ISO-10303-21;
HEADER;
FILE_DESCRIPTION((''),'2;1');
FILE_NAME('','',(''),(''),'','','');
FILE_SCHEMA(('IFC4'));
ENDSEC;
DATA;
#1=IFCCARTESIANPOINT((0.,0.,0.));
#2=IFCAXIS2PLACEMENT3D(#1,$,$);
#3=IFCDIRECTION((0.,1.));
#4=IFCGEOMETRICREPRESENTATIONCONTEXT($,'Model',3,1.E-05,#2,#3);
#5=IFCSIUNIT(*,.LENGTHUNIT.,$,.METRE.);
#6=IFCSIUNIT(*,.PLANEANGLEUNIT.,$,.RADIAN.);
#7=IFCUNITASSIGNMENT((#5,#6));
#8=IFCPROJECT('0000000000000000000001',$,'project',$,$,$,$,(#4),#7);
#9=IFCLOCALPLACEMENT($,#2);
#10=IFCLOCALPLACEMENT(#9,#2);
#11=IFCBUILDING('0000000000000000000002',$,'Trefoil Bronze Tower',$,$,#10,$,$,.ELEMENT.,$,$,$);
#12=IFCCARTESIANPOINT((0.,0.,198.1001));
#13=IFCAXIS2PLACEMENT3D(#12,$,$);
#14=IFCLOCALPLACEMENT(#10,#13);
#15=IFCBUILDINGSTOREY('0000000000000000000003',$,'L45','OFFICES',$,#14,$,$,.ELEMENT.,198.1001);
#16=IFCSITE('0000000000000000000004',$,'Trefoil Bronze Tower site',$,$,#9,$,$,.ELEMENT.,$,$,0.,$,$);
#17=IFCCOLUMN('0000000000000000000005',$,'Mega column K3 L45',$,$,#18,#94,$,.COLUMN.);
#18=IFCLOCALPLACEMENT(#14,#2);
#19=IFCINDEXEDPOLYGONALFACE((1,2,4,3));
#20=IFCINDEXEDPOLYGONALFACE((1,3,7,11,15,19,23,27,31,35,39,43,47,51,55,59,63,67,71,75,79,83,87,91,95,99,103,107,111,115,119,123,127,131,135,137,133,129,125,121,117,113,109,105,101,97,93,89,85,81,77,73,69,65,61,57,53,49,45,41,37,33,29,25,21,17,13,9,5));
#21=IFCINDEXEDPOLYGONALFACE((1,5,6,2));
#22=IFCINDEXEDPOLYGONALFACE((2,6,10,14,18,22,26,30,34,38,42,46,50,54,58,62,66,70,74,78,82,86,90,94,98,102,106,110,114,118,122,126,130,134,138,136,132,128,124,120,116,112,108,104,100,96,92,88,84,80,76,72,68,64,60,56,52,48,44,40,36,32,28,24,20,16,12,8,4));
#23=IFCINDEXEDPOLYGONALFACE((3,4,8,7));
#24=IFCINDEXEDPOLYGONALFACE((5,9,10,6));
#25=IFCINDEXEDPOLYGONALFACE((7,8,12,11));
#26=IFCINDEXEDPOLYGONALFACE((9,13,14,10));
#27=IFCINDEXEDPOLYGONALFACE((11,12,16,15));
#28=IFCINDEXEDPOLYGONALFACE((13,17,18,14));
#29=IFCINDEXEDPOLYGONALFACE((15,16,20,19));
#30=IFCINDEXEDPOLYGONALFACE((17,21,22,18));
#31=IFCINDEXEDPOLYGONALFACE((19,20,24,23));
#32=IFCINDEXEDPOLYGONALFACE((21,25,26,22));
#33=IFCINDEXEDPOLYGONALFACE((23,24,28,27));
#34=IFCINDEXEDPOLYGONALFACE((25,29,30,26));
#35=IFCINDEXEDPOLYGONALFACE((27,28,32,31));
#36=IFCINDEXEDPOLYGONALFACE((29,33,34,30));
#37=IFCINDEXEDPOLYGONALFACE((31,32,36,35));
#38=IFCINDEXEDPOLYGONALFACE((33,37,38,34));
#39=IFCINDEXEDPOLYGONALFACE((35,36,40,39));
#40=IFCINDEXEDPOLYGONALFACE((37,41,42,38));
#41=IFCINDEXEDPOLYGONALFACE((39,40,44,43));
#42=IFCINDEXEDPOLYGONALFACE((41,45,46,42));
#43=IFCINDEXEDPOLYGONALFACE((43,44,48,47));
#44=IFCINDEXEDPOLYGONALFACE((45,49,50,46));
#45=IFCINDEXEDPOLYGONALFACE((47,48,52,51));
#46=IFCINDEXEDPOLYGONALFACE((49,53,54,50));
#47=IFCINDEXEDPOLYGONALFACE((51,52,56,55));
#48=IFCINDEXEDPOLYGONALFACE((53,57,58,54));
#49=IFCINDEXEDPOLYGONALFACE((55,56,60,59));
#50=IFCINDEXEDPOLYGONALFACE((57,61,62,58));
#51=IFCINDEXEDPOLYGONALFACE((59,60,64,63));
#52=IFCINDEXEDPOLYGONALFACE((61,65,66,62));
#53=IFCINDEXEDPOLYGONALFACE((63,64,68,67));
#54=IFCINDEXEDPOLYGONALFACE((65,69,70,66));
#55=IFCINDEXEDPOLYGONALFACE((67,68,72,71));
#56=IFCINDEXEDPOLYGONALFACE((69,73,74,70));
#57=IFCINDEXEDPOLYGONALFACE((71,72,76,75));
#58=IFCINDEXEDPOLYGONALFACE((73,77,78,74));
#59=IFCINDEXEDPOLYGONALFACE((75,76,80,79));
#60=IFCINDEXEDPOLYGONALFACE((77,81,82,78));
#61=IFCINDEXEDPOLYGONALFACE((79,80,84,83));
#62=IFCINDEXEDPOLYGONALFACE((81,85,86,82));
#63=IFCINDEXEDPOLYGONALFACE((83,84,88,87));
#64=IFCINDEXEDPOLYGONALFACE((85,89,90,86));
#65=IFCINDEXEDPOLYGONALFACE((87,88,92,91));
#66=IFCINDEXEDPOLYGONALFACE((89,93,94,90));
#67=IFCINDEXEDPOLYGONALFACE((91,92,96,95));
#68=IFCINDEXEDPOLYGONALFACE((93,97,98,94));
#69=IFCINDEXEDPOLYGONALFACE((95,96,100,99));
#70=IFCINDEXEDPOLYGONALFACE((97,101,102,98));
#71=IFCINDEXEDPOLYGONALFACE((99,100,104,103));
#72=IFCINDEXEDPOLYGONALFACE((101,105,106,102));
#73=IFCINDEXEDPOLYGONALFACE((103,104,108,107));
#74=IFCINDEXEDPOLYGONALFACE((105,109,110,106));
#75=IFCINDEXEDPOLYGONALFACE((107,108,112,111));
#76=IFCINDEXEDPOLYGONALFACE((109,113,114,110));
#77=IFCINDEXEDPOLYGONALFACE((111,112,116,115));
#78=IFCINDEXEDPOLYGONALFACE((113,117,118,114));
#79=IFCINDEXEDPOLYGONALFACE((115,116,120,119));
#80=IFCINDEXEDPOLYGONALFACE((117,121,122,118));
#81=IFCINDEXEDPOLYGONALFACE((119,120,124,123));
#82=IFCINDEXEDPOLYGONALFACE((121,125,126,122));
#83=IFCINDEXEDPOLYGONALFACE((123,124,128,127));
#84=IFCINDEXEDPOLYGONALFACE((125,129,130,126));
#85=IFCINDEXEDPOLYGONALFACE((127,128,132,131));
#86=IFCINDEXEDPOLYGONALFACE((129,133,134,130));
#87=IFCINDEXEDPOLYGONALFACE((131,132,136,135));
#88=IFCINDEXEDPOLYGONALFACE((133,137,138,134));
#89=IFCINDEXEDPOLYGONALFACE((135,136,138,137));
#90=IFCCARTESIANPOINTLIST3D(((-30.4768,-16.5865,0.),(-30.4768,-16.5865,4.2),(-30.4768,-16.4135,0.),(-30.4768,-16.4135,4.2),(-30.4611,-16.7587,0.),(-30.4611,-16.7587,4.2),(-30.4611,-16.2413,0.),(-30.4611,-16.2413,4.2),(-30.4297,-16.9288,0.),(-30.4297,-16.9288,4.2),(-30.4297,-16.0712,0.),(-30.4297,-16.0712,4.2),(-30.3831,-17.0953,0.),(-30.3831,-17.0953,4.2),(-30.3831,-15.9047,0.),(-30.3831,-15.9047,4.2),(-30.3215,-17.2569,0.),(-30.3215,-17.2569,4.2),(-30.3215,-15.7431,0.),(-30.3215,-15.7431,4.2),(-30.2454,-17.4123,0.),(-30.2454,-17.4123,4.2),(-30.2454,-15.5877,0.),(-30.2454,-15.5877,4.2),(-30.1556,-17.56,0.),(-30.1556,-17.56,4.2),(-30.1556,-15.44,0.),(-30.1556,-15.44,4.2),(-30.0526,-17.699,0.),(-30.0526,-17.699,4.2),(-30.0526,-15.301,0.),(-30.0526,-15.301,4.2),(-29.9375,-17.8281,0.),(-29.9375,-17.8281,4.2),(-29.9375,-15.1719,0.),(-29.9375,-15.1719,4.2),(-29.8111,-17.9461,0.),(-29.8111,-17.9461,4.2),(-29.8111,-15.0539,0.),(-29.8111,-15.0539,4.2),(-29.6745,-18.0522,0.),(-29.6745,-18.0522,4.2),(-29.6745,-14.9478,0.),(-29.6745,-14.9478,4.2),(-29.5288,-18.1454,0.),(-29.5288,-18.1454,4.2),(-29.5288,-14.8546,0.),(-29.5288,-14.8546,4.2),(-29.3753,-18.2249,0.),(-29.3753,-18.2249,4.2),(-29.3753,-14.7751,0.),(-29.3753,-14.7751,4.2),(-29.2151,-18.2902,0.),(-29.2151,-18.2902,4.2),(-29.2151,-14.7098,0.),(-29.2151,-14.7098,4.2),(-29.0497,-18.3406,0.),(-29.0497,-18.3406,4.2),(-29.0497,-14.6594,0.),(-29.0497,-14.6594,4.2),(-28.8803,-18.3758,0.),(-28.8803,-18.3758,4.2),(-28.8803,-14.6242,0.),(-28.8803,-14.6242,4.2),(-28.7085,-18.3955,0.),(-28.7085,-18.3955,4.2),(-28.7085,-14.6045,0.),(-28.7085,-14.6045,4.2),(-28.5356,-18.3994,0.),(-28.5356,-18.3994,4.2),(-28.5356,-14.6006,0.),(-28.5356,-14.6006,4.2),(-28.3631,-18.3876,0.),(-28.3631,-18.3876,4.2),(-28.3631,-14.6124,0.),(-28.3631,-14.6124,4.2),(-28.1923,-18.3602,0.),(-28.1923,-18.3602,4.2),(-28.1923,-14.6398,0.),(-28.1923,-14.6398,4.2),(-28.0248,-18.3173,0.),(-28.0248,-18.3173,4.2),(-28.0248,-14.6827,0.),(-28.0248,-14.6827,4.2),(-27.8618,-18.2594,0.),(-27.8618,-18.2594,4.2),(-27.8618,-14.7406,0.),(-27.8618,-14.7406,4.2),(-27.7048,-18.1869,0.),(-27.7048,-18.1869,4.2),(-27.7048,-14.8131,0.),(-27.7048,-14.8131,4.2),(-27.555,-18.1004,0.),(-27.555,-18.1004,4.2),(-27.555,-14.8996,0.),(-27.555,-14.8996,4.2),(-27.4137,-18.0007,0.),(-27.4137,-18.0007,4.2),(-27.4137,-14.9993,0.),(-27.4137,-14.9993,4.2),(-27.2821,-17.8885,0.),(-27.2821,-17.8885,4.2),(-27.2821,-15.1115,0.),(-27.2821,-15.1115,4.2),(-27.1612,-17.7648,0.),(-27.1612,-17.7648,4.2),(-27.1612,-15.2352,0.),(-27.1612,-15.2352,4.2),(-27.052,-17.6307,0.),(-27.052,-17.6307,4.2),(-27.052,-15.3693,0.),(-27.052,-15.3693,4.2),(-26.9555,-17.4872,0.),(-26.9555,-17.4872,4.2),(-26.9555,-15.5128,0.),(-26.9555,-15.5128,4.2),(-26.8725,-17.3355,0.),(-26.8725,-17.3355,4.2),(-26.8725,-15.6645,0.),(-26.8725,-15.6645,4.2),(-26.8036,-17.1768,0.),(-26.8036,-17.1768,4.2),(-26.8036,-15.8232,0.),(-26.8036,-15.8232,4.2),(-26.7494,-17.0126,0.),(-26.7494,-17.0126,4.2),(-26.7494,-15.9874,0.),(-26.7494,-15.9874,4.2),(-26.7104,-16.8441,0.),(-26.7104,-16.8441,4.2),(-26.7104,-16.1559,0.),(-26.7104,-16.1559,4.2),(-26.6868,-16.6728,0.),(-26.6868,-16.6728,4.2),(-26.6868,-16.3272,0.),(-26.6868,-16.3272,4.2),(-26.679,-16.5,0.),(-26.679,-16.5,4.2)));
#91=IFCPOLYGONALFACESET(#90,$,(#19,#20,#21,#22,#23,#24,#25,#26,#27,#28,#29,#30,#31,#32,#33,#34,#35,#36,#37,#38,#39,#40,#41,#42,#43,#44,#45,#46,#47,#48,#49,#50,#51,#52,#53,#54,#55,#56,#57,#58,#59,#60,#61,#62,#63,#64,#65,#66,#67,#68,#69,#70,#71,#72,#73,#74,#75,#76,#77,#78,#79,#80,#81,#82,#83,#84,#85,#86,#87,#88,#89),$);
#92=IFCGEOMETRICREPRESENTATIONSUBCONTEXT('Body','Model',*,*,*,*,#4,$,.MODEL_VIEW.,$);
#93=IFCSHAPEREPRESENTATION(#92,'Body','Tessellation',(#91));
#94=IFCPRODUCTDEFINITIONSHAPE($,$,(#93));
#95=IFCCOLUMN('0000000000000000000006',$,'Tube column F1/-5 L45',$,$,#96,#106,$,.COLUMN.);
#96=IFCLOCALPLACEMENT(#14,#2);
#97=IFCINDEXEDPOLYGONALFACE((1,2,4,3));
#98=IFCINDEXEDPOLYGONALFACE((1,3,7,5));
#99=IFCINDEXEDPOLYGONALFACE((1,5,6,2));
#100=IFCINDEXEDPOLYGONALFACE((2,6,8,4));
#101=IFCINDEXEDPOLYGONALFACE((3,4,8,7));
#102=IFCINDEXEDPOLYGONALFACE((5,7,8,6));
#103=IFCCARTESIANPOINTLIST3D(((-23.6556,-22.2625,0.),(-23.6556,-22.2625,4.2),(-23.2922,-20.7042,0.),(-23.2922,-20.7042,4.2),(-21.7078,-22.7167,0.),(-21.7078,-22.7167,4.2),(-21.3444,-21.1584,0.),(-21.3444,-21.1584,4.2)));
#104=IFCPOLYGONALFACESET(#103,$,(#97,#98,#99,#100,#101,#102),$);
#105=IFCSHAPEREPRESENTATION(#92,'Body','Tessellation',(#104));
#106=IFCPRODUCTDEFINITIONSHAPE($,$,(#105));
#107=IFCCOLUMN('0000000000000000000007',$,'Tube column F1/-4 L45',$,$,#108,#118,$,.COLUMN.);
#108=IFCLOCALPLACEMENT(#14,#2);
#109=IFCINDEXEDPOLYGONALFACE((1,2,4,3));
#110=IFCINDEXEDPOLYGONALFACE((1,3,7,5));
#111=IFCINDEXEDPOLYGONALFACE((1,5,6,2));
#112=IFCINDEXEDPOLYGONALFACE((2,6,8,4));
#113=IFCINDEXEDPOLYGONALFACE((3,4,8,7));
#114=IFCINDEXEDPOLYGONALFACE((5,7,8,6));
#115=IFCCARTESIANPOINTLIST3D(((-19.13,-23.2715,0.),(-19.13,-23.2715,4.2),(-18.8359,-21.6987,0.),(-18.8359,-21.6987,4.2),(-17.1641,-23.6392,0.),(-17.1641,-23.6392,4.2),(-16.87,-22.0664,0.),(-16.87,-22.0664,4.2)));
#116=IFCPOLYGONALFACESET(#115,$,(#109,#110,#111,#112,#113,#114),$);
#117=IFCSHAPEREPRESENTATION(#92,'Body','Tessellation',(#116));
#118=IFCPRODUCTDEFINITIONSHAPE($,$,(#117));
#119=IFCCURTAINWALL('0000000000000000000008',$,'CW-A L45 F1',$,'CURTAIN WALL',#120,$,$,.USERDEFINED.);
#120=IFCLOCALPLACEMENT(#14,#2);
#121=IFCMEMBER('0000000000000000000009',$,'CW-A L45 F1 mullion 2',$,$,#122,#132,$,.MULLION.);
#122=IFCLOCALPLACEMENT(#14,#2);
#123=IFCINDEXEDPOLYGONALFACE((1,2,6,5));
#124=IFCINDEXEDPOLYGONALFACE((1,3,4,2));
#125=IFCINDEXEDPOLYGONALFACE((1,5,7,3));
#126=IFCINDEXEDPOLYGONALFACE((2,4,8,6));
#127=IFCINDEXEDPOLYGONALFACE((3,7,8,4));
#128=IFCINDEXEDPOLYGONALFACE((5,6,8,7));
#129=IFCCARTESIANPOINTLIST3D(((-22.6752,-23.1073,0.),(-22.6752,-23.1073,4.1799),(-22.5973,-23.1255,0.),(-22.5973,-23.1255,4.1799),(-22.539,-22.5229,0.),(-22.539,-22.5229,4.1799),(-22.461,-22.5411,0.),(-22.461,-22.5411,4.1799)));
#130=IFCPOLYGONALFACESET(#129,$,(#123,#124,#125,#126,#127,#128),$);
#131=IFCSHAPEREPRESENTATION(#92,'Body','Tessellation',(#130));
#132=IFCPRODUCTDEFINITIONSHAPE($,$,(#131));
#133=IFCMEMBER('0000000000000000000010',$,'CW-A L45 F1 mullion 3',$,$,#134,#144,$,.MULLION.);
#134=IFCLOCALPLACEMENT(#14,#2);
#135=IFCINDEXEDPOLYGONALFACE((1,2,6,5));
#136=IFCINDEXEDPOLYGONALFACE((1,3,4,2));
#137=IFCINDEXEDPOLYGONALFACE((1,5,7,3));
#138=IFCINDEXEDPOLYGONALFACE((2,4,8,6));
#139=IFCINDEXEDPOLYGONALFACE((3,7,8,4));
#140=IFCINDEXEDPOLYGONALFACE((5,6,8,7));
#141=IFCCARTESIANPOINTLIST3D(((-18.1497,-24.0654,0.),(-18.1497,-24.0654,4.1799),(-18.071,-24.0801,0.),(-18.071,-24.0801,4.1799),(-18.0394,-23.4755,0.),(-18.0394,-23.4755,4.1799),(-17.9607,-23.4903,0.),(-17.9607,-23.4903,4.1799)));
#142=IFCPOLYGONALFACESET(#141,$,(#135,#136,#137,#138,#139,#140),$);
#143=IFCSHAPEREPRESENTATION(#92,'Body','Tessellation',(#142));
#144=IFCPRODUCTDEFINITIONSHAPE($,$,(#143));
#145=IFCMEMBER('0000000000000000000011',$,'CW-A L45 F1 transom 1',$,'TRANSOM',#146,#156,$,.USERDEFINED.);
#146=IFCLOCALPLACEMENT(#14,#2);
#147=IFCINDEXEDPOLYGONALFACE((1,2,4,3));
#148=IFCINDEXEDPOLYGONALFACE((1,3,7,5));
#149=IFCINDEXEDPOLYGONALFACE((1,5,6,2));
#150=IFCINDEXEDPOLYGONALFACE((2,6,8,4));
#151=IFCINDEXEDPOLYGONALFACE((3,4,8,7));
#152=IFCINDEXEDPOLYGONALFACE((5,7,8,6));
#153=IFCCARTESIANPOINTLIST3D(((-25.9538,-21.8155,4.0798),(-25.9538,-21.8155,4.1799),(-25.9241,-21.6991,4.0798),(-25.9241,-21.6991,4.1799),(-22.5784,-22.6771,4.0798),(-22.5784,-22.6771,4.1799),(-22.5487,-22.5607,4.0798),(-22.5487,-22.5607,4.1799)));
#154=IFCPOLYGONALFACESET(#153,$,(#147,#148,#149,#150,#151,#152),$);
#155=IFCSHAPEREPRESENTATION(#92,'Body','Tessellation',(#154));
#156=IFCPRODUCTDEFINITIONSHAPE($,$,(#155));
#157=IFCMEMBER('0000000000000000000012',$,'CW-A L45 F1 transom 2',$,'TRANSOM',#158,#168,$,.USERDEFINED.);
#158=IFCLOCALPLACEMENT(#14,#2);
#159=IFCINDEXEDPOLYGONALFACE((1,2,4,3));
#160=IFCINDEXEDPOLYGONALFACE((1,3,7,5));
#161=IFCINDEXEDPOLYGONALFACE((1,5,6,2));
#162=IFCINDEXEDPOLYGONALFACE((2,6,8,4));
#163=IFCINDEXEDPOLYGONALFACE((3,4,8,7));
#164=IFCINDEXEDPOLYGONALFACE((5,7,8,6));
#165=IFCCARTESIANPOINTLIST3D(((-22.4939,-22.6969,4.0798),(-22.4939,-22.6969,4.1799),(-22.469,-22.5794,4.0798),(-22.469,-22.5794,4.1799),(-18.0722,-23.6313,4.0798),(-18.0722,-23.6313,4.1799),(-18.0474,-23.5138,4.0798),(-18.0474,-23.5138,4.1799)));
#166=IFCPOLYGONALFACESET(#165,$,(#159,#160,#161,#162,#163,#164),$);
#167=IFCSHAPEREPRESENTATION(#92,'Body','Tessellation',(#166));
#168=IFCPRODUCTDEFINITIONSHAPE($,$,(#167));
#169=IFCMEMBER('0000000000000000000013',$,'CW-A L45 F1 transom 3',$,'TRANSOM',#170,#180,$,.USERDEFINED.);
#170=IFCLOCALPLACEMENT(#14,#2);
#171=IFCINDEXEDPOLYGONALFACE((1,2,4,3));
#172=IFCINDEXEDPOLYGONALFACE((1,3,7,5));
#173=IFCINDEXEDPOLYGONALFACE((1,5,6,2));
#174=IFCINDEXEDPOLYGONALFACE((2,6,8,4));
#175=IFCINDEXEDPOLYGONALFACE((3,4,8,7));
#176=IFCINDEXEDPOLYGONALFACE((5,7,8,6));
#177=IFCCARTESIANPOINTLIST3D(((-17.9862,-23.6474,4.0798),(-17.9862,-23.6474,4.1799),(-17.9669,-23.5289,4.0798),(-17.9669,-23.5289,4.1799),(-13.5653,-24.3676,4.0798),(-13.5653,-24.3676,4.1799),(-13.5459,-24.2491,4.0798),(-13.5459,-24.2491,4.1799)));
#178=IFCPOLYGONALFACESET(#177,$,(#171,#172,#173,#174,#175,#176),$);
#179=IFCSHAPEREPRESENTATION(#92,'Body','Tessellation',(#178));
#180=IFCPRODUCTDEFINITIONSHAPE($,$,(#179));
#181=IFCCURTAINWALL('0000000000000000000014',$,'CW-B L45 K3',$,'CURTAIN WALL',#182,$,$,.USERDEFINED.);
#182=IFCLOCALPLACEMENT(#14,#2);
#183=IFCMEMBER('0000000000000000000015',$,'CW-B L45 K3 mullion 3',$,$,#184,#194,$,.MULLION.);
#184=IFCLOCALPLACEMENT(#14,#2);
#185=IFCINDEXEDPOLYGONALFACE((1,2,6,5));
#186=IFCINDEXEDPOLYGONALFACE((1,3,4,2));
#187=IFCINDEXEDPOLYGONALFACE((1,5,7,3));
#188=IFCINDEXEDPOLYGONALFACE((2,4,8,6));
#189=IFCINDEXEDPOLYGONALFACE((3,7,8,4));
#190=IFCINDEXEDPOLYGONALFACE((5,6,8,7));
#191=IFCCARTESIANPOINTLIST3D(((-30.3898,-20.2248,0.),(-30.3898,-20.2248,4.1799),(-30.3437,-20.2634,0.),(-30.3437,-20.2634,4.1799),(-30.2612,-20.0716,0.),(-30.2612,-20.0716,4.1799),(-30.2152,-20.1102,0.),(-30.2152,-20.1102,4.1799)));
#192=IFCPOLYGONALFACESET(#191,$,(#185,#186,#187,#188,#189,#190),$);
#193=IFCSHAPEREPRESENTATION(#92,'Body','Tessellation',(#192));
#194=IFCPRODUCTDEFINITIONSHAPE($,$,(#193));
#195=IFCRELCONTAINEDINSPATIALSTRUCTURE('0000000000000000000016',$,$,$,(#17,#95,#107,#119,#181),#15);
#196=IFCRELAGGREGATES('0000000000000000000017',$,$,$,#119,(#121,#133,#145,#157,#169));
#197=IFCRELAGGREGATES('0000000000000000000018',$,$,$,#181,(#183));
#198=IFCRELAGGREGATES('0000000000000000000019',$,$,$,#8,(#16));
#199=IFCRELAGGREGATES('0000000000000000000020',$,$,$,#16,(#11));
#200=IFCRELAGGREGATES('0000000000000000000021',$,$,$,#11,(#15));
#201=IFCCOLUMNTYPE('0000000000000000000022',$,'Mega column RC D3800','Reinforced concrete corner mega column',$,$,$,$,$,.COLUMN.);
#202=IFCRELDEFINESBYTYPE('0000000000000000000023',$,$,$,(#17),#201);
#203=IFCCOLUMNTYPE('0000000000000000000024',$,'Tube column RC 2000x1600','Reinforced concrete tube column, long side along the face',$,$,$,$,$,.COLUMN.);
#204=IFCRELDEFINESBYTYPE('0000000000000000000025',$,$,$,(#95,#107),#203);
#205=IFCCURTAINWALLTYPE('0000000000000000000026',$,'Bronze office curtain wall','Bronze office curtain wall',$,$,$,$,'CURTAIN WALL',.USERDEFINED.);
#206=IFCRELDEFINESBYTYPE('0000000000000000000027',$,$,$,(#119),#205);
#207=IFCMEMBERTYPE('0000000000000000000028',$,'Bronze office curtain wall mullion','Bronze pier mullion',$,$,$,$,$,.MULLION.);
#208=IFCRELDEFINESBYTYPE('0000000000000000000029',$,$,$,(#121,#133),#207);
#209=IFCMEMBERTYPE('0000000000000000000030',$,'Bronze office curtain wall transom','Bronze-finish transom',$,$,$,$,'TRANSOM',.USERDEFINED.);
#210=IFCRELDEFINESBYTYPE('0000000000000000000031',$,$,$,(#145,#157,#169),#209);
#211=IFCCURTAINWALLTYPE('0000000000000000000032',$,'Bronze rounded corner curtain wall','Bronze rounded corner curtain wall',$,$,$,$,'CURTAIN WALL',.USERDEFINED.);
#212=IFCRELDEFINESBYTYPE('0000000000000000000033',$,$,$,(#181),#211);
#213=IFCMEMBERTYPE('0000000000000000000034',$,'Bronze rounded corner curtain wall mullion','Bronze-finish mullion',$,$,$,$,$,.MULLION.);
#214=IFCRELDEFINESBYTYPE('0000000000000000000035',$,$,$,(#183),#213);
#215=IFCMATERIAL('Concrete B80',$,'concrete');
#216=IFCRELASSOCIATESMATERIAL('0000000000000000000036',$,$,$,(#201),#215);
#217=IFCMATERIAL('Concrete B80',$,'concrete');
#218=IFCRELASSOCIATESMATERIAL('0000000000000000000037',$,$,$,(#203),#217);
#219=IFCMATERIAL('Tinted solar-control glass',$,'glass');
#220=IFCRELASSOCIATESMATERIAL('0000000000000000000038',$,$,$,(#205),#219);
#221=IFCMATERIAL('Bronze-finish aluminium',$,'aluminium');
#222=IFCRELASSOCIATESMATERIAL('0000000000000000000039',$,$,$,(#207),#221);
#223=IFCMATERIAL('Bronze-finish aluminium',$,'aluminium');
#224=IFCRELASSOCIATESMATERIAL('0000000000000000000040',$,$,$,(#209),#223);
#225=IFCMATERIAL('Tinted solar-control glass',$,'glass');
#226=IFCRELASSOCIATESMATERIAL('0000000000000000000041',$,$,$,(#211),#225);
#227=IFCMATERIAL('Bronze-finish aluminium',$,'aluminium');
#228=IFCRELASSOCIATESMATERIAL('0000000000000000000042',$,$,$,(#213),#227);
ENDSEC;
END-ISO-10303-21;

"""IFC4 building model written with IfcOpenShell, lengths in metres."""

from ifc_helpers import new_model, si_unit, direction, frame, origin, origin_2d, place, context, subcontext, project, spatial, rectangle, circle, extrude, material, material_profile, profile_set, type_object, element, aggregate, save


model = new_model("IFC4")

# Units and contexts
model_context = context("Model", 3, precision=1e-05, world=origin(), true_north=direction((0.0, 1.0)))
body_context = subcontext(model_context, "Body", "Model", "MODEL_VIEW")
ifc_project = project(units=[si_unit("LENGTHUNIT", "METRE"), si_unit("PLANEANGLEUNIT", "RADIAN")], contexts=[model_context])

# Site, building, storey
site_placement = place(None, origin())
site = spatial("IfcSite", under=ifc_project, at=site_placement, Name="Trefoil Bronze Tower site", CompositionType="ELEMENT", RefElevation=0.0)
building_placement = place(site_placement, origin())
building = spatial("IfcBuilding", under=site, at=building_placement, Name="Trefoil Bronze Tower", CompositionType="ELEMENT")
storey_placement = place(building_placement, frame((0.0, 0.0, 198.1001)))
storey = spatial("IfcBuildingStorey", under=building, at=storey_placement, Name="L45", Description="OFFICES", CompositionType="ELEMENT", Elevation=198.1001)

# Columns
ifc_material_1 = material(Name="Concrete B80", Category="concrete")
ifc_material_profile_1 = material_profile(ifc_material_1, circle(Radius=1.8999, at=origin_2d()), Name="RC D3800")
ifc_profile_set_1 = profile_set([ifc_material_profile_1], Name="Concrete B80")
column_type_1 = type_object("IfcColumnType", Name="Mega column RC D3800", Description="Reinforced concrete corner mega column", PredefinedType="COLUMN", material=ifc_profile_set_1)
column_placement = place(storey_placement, frame((-28.5789, -16.5, 0.0), z_axis=(0.0, 0.0, 1.0), x_axis=(1.0, 0.0, 0.0)))
element("IfcColumn", 1, at=column_placement, inside=storey, type_object=column_type_1, Name="Mega column K3 L45", PredefinedType="COLUMN", context=body_context, shape_type="SweptSolid", body=[
    extrude(circle(Radius=1.8999, at=origin_2d()), origin(), (0.0, 0.0, 1.0), 4.2),
])
ifc_material_2 = material(Name="Concrete B80", Category="concrete")
ifc_material_profile_2 = material_profile(ifc_material_2, rectangle(XDim=2.0, YDim=1.6001, at=origin_2d()), Name="RC 2000x1600")
ifc_profile_set_2 = profile_set([ifc_material_profile_2], Name="Concrete B80")
column_type_2 = type_object("IfcColumnType", Name="Tube column RC 2000x1600", Description="Reinforced concrete tube column, long side along the face", PredefinedType="COLUMN", material=ifc_profile_set_2)
for number, where, z_axis, x_axis, name in (
    (2, (-22.5, -21.7104, 0.0), (0.0, 0.0, 1.0), (0.973875, -0.227083, 0.0), "Tube column F1/-5 L45"),
    (3, (-18.0, -22.6689, 0.0), (0.0, 0.0, 1.0), (0.982959, -0.183825, 0.0), "Tube column F1/-4 L45"),
):
    element("IfcColumn", number, at=place(storey_placement, frame(where, z_axis=z_axis, x_axis=x_axis)), inside=storey, type_object=column_type_2, Name=name, PredefinedType="COLUMN", context=body_context, shape_type="SweptSolid", body=[
        extrude(rectangle(XDim=2.0, YDim=1.6001, at=origin_2d()), origin(), (0.0, 0.0, 1.0), 4.2),
    ])

# Curtain walls, members
ifc_material_3 = material(Name="Tinted solar-control glass", Category="glass")
curtain_wall_type_1 = type_object("IfcCurtainWallType", Name="Bronze office curtain wall", Description="Bronze office curtain wall", ElementType="CURTAIN WALL", PredefinedType="USERDEFINED", material=ifc_material_3)
curtain_wall_1_placement = place(storey_placement, origin())
curtain_wall_1 = element("IfcCurtainWall", 4, at=curtain_wall_1_placement, inside=storey, type_object=curtain_wall_type_1, Name="CW-A L45 F1", ObjectType="CURTAIN WALL", PredefinedType="USERDEFINED")
ifc_material_4 = material(Name="Bronze-finish aluminium", Category="aluminium")
ifc_material_profile_3 = material_profile(ifc_material_4, rectangle(XDim=0.6001, YDim=0.0801, at=origin_2d()), Name="CW-A mullion")
ifc_profile_set_3 = profile_set([ifc_material_profile_3], Name="Bronze-finish aluminium")
member_type_1 = type_object("IfcMemberType", Name="Bronze office curtain wall mullion", Description="Bronze pier mullion", PredefinedType="MULLION", material=ifc_profile_set_3)
member_1_placement = place(storey_placement, frame((-22.5681, -22.8242, 0.0), z_axis=(0.0, 0.0, 1.0), x_axis=(0.227083, 0.973875, 0.0)))
member_1 = element("IfcMember", 5, at=member_1_placement, type_object=member_type_1, Name="CW-A L45 F1 mullion 2", PredefinedType="MULLION", context=body_context, shape_type="SweptSolid", body=[
    extrude(rectangle(XDim=0.6001, YDim=0.0801, at=origin_2d()), origin(), (0.0, 0.0, 1.0), 4.1799),
])
member_2_placement = place(storey_placement, frame((-18.0552, -23.7778, 0.0), z_axis=(0.0, 0.0, 1.0), x_axis=(0.183825, 0.982959, 0.0)))
member_2 = element("IfcMember", 6, at=member_2_placement, type_object=member_type_1, Name="CW-A L45 F1 mullion 3", PredefinedType="MULLION", context=body_context, shape_type="SweptSolid", body=[
    extrude(rectangle(XDim=0.6001, YDim=0.0801, at=origin_2d()), origin(), (0.0, 0.0, 1.0), 4.1799),
])
ifc_material_5 = material(Name="Bronze-finish aluminium", Category="aluminium")
ifc_material_profile_4 = material_profile(ifc_material_5, rectangle(XDim=0.1201, YDim=0.1001, at=origin_2d()), Name="CW-A transom")
ifc_profile_set_4 = profile_set([ifc_material_profile_4], Name="Bronze-finish aluminium")
member_type_2 = type_object("IfcMemberType", Name="Bronze office curtain wall transom", Description="Bronze-finish transom", ElementType="TRANSOM", PredefinedType="USERDEFINED", material=ifc_profile_set_4)
member_3_placement = place(storey_placement, frame((-25.939, -21.7573, 4.1299), z_axis=(0.968935, -0.247315, 0.0), x_axis=(0.247315, 0.968935, 0.0)))
member_3 = element("IfcMember", 7, at=member_3_placement, type_object=member_type_2, Name="CW-A L45 F1 transom 1", ObjectType="TRANSOM", PredefinedType="USERDEFINED", context=body_context, shape_type="SweptSolid", body=[
    extrude(rectangle(XDim=0.1201, YDim=0.1001, at=origin_2d()), origin(), (0.0, 0.0, 1.0), 3.4836),
])
member_4_placement = place(storey_placement, frame((-22.4814, -22.6382, 4.1299), z_axis=(0.978395, -0.206743, 0.0), x_axis=(0.206743, 0.978395, 0.0)))
member_4 = element("IfcMember", 8, at=member_4_placement, type_object=member_type_2, Name="CW-A L45 F1 transom 2", ObjectType="TRANSOM", PredefinedType="USERDEFINED", context=body_context, shape_type="SweptSolid", body=[
    extrude(rectangle(XDim=0.1201, YDim=0.1001, at=origin_2d()), origin(), (0.0, 0.0, 1.0), 4.5193),
])
member_5_placement = place(storey_placement, frame((-17.9766, -23.5881, 4.1299), z_axis=(0.986988, -0.160792, 0.0), x_axis=(0.160792, 0.986988, 0.0)))
member_5 = element("IfcMember", 9, at=member_5_placement, type_object=member_type_2, Name="CW-A L45 F1 transom 3", ObjectType="TRANSOM", PredefinedType="USERDEFINED", context=body_context, shape_type="SweptSolid", body=[
    extrude(rectangle(XDim=0.1201, YDim=0.1001, at=origin_2d()), origin(), (0.0, 0.0, 1.0), 4.4792),
])
ifc_material_6 = material(Name="Tinted solar-control glass", Category="glass")
curtain_wall_type_2 = type_object("IfcCurtainWallType", Name="Bronze rounded corner curtain wall", Description="Bronze rounded corner curtain wall", ElementType="CURTAIN WALL", PredefinedType="USERDEFINED", material=ifc_material_6)
curtain_wall_2_placement = place(storey_placement, origin())
curtain_wall_2 = element("IfcCurtainWall", 10, at=curtain_wall_2_placement, inside=storey, type_object=curtain_wall_type_2, Name="CW-B L45 K3", ObjectType="CURTAIN WALL", PredefinedType="USERDEFINED")
ifc_material_7 = material(Name="Bronze-finish aluminium", Category="aluminium")
ifc_material_profile_5 = material_profile(ifc_material_7, rectangle(XDim=0.2, YDim=0.0601, at=origin_2d()), Name="CW-B mullion")
ifc_profile_set_5 = profile_set([ifc_material_profile_5], Name="Bronze-finish aluminium")
member_type_3 = type_object("IfcMemberType", Name="Bronze rounded corner curtain wall mullion", Description="Bronze-finish mullion", PredefinedType="MULLION", material=ifc_profile_set_5)
member_6_placement = place(storey_placement, frame((-30.3025, -20.1675, 0.0), z_axis=(0.0, 0.0, 1.0), x_axis=(0.642788, 0.766044, 0.0)))
member_6 = element("IfcMember", 11, at=member_6_placement, type_object=member_type_3, Name="CW-B L45 K3 mullion 3", PredefinedType="MULLION", context=body_context, shape_type="SweptSolid", body=[
    extrude(rectangle(XDim=0.2, YDim=0.0601, at=origin_2d()), origin(), (0.0, 0.0, 1.0), 4.1799),
])

aggregate(curtain_wall_1, [member_1, member_2, member_3, member_4, member_5])
aggregate(curtain_wall_2, [member_6])

save(model, "model.ifc")
